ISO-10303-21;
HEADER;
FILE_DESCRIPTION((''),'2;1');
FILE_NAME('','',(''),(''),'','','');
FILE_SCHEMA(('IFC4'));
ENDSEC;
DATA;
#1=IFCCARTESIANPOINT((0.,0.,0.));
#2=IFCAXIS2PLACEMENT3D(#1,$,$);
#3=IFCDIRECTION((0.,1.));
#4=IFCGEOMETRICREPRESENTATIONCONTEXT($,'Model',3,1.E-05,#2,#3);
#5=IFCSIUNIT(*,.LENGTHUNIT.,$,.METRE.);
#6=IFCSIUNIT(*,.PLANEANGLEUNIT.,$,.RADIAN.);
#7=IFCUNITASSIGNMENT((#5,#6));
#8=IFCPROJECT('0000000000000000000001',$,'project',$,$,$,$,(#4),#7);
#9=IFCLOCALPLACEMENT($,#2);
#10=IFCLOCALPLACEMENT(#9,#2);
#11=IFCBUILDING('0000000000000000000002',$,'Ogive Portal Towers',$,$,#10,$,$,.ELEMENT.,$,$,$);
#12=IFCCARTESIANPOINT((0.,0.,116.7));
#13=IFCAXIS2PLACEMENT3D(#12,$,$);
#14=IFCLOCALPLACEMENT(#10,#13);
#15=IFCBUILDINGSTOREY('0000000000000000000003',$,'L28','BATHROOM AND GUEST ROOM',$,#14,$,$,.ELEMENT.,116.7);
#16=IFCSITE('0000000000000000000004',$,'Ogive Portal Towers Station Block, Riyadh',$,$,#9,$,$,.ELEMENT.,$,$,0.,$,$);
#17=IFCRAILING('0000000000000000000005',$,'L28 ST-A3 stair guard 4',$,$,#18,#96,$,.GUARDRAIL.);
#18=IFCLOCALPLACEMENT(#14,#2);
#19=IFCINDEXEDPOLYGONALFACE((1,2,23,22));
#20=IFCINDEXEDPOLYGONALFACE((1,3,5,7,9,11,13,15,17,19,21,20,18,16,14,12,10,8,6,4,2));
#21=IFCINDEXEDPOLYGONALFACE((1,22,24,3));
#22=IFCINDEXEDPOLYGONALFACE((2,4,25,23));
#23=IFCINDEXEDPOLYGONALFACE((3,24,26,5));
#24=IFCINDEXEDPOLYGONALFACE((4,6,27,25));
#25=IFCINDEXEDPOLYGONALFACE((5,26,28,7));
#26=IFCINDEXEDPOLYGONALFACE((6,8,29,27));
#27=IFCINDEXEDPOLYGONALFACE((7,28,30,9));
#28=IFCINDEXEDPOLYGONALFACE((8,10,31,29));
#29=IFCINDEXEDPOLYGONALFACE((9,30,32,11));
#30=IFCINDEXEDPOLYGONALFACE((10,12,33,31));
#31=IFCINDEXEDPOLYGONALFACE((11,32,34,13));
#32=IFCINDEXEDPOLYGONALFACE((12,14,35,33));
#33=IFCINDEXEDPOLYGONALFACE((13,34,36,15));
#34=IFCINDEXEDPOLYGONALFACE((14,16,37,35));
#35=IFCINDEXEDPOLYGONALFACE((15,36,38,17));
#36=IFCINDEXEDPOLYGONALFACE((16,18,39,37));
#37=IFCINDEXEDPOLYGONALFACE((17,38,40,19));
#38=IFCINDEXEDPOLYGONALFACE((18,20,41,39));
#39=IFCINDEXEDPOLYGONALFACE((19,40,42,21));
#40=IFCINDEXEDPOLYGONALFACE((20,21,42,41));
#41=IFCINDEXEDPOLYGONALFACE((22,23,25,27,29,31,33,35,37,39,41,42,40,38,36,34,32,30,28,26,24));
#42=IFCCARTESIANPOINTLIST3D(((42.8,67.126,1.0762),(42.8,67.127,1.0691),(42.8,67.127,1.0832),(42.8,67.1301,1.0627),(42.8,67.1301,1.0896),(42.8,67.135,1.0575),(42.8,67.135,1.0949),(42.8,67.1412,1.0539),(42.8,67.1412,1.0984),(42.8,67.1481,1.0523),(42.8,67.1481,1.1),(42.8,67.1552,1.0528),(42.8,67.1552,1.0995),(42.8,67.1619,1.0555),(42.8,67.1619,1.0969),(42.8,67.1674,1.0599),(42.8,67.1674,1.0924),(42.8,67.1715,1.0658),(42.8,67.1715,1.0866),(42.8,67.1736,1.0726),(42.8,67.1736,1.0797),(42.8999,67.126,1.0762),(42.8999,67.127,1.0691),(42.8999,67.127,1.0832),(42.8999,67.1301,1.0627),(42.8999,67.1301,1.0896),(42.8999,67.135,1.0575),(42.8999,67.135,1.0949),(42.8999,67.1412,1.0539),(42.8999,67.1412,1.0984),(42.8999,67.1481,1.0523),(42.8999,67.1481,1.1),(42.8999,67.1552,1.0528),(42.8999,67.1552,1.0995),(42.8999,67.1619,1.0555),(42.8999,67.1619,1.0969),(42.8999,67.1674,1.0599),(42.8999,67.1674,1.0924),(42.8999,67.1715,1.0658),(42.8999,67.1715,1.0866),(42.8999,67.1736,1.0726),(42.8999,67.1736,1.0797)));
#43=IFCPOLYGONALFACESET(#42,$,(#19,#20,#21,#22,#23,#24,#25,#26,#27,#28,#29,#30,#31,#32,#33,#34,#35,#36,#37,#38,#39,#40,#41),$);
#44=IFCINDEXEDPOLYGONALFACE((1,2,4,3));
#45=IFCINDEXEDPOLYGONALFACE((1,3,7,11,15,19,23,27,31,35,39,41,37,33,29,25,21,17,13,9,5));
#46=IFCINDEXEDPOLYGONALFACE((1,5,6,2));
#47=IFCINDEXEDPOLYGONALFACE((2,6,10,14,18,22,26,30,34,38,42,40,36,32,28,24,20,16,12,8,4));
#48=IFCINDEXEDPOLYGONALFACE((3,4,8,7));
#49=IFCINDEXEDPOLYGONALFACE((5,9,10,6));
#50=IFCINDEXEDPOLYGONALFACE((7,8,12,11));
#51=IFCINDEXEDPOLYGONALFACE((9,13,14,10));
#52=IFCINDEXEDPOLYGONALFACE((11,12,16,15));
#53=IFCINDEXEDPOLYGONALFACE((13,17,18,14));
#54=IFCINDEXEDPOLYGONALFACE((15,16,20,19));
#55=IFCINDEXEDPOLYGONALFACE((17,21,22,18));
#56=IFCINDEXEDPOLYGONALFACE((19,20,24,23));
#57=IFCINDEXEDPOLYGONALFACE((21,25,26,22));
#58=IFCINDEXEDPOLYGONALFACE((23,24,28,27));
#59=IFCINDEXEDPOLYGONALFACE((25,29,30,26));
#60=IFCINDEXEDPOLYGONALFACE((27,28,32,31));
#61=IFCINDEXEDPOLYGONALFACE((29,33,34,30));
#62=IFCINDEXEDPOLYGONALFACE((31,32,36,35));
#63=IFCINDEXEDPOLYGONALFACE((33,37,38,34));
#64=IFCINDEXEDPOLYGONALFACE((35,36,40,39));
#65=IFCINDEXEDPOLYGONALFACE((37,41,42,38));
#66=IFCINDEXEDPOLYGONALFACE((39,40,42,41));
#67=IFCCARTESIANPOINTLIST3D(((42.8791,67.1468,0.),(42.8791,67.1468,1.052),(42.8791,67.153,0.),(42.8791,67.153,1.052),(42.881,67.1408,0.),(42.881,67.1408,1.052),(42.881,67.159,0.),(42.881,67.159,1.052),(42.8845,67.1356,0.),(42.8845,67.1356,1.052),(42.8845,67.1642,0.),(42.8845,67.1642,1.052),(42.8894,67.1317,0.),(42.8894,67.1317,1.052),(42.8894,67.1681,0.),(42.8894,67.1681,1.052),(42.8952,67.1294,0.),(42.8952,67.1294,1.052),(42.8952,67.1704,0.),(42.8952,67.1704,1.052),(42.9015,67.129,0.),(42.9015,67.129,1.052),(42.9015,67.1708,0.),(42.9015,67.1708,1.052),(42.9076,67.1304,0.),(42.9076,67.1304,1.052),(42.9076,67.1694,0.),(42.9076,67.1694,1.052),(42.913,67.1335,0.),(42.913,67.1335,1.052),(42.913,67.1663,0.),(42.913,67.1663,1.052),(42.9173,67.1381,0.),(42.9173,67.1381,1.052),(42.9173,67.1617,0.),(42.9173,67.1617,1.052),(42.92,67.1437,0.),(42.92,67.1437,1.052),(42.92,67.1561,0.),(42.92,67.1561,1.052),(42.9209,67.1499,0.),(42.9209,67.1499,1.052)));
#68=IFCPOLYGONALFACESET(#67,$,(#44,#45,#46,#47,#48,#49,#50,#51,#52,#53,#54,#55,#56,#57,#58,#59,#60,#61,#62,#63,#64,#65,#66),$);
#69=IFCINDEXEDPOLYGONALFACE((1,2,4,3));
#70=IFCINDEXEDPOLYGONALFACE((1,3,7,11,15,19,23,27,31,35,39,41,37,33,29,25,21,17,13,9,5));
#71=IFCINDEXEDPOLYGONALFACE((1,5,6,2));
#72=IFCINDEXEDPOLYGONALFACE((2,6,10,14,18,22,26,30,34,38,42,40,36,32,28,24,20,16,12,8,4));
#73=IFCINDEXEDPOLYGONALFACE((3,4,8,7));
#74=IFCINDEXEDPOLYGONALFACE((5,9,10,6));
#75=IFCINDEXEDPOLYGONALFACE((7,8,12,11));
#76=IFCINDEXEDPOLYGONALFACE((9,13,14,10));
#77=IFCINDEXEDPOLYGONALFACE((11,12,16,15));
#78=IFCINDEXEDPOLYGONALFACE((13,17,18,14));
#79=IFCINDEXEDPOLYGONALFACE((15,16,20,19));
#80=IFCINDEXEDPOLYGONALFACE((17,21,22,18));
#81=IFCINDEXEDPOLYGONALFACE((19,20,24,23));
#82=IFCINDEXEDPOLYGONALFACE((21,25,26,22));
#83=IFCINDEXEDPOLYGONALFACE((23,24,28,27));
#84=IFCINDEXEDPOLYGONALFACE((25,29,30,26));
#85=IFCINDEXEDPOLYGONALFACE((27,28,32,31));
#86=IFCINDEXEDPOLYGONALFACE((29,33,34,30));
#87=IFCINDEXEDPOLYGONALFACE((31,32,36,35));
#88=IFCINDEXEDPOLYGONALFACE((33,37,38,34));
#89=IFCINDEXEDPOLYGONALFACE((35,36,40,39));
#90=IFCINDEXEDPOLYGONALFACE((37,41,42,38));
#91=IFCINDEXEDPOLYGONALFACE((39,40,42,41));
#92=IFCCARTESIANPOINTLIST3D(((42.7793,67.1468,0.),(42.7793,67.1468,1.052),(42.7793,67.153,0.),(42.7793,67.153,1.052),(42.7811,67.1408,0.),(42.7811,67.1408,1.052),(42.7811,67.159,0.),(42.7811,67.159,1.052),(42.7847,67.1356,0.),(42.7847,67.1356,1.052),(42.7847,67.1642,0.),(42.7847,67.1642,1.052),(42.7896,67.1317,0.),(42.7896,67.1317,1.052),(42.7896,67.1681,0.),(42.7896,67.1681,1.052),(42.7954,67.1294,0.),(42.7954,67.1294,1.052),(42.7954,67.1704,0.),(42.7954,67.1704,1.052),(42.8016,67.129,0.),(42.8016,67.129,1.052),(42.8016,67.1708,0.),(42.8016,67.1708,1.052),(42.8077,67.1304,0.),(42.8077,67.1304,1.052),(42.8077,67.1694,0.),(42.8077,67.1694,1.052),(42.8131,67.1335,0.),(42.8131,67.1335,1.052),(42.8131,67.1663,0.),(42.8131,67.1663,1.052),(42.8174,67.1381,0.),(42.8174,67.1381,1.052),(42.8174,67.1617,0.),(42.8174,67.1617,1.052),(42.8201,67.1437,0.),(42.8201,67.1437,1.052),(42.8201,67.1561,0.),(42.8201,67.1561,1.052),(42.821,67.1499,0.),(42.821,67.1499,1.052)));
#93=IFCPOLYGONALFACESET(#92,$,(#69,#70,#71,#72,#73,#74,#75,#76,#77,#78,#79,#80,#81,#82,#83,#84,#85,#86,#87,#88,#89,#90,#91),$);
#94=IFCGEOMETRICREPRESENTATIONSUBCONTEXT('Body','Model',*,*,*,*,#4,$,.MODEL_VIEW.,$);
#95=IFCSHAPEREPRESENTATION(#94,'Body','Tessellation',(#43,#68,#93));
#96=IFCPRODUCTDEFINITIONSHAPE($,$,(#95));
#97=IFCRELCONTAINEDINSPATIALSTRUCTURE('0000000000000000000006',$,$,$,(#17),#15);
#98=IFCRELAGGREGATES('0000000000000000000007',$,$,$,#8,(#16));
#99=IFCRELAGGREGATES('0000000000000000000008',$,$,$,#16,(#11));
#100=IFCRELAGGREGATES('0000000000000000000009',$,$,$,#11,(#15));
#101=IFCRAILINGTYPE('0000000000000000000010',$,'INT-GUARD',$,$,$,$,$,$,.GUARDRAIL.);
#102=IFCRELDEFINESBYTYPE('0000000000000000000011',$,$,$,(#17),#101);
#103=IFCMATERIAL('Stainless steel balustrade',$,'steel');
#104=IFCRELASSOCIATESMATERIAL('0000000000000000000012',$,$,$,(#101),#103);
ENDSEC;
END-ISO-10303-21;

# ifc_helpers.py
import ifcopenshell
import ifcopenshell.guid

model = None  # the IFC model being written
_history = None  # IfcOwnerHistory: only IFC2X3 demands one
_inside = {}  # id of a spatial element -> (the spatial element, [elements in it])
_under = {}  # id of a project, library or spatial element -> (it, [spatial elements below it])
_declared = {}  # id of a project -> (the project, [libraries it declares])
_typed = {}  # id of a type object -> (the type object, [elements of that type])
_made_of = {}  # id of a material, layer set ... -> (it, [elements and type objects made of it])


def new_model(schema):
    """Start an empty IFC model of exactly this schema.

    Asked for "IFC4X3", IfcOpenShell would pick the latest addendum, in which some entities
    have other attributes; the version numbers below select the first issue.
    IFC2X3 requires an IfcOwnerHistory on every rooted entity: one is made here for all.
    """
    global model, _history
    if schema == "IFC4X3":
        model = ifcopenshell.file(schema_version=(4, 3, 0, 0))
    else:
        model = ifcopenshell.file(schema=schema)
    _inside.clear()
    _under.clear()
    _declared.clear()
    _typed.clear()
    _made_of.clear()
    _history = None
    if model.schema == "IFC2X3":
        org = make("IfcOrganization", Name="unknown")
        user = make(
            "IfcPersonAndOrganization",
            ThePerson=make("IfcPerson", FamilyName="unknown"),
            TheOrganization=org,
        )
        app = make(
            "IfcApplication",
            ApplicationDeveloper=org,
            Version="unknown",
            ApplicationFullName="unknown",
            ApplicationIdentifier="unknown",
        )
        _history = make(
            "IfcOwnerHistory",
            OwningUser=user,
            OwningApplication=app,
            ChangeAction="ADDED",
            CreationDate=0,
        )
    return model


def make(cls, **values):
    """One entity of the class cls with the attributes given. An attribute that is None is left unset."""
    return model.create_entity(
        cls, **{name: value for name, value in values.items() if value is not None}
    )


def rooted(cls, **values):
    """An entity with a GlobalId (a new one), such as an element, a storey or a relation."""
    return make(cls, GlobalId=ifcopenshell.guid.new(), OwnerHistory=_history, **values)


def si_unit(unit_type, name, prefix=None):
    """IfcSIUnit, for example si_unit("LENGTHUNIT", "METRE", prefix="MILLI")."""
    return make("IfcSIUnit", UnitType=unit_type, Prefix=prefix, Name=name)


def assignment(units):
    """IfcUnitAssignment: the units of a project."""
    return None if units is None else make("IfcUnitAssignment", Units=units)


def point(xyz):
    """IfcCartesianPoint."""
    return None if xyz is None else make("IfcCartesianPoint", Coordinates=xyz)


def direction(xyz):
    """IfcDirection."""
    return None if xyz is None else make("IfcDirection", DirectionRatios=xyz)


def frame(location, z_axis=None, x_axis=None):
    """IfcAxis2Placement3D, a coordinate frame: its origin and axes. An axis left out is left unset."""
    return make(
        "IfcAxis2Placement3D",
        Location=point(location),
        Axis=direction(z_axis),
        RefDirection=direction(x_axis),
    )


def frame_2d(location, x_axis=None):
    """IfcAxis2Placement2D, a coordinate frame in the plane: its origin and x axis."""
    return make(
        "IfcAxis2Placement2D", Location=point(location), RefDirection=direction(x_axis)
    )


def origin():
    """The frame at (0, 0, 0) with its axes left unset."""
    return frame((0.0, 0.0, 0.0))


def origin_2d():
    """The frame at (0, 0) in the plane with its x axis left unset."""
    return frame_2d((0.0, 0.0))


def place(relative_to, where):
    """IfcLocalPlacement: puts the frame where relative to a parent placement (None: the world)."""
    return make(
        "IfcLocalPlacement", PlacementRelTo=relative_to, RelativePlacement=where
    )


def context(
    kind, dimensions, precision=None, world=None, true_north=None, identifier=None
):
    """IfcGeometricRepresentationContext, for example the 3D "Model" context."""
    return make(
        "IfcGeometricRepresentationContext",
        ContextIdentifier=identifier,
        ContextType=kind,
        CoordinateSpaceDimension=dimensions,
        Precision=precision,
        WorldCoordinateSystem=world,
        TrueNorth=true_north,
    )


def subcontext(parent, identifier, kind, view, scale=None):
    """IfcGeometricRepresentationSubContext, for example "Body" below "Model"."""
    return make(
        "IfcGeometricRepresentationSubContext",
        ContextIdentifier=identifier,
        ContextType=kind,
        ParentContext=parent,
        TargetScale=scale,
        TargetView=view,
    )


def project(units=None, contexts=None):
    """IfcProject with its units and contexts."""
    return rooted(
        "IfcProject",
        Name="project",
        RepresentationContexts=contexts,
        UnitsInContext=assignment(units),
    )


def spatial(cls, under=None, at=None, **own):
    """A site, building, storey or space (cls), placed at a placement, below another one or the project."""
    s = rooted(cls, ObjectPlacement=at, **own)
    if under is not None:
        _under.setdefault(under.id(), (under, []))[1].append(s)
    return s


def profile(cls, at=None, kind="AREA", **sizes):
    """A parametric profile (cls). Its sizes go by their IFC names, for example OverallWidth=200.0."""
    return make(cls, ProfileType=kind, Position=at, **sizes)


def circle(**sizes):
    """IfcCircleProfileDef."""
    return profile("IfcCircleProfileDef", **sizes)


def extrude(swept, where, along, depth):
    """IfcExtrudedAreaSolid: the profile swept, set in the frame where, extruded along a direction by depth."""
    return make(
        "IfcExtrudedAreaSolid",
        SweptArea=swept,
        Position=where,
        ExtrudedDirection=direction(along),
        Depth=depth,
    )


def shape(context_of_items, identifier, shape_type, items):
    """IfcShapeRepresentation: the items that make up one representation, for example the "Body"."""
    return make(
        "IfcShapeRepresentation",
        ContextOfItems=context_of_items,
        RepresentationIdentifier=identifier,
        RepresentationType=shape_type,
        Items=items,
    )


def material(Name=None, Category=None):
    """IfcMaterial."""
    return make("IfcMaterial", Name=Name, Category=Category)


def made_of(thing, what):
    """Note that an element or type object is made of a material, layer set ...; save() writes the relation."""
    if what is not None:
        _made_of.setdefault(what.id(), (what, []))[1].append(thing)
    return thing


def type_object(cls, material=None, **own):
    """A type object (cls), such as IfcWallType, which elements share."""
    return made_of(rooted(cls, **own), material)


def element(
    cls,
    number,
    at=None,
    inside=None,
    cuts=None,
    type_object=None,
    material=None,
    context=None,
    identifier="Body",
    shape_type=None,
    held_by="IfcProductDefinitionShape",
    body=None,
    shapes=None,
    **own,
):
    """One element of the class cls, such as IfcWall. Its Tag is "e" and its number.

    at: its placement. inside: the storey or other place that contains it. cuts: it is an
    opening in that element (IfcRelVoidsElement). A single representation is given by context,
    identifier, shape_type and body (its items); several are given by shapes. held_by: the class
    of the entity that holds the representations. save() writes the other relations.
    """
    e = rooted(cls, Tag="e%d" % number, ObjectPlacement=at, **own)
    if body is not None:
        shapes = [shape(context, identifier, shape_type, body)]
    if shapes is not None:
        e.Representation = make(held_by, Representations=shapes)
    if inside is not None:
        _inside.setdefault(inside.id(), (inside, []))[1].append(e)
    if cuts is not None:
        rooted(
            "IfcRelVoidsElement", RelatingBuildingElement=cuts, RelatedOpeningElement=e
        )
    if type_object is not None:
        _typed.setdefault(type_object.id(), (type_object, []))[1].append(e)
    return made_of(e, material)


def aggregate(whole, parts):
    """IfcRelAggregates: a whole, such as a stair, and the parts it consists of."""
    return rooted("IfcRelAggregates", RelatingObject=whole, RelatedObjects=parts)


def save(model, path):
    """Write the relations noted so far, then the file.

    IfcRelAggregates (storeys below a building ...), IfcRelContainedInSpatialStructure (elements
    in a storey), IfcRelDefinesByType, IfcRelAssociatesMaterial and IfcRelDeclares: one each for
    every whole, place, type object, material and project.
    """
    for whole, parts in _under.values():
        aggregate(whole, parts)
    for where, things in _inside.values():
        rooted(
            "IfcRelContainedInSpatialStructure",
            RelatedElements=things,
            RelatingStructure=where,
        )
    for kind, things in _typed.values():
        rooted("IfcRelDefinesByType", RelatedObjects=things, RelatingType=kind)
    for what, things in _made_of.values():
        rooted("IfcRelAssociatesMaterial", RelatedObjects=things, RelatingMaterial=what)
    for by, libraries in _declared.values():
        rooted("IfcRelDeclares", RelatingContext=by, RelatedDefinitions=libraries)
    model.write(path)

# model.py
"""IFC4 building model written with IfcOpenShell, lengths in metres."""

from ifc_helpers import new_model, si_unit, direction, frame, origin, origin_2d, place, context, subcontext, project, spatial, circle, extrude, material, type_object, element, save


model = new_model("IFC4")

# Units and contexts
model_context = context("Model", 3, precision=1e-05, world=origin(), true_north=direction((0.0, 1.0)))
body_context = subcontext(model_context, "Body", "Model", "MODEL_VIEW")
ifc_project = project(units=[si_unit("LENGTHUNIT", "METRE"), si_unit("PLANEANGLEUNIT", "RADIAN")], contexts=[model_context])

# Site, building, storey
site_placement = place(None, origin())
site = spatial("IfcSite", under=ifc_project, at=site_placement, Name="Ogive Portal Towers Station Block, Riyadh", CompositionType="ELEMENT", RefElevation=0.0)
building_placement = place(site_placement, origin())
building = spatial("IfcBuilding", under=site, at=building_placement, Name="Ogive Portal Towers", CompositionType="ELEMENT")
storey_placement = place(building_placement, frame((0.0, 0.0, 116.7)))
storey = spatial("IfcBuildingStorey", under=building, at=storey_placement, Name="L28", Description="BATHROOM AND GUEST ROOM", CompositionType="ELEMENT", Elevation=116.7)

# Railing
ifc_material_1 = material(Name="Stainless steel balustrade", Category="steel")
railing_type_1 = type_object("IfcRailingType", Name="INT-GUARD", PredefinedType="GUARDRAIL", material=ifc_material_1)
railing_1_placement = place(storey_placement, frame((42.8999, 67.1499, 0.0)))
element("IfcRailing", 1, at=railing_1_placement, inside=storey, type_object=railing_type_1, Name="L28 ST-A3 stair guard 4", PredefinedType="GUARDRAIL", context=body_context, shape_type="SweptSolid", body=[
    extrude(circle(Radius=0.0239, at=origin_2d()), frame((0.0, 0.0, 1.0762), z_axis=(-1.0, 0.0, 0.0), x_axis=(0.0, -1.0, 0.0)), (0.0, 0.0, 1.0), 0.0999),
    extrude(circle(Radius=0.021, at=origin_2d()), origin(), (0.0, 0.0, 1.0), 1.052),
    extrude(circle(Radius=0.021, at=origin_2d()), frame((-0.0999, 0.0, 0.0)), (0.0, 0.0, 1.0), 1.052),
])

save(model, "model.ifc")
